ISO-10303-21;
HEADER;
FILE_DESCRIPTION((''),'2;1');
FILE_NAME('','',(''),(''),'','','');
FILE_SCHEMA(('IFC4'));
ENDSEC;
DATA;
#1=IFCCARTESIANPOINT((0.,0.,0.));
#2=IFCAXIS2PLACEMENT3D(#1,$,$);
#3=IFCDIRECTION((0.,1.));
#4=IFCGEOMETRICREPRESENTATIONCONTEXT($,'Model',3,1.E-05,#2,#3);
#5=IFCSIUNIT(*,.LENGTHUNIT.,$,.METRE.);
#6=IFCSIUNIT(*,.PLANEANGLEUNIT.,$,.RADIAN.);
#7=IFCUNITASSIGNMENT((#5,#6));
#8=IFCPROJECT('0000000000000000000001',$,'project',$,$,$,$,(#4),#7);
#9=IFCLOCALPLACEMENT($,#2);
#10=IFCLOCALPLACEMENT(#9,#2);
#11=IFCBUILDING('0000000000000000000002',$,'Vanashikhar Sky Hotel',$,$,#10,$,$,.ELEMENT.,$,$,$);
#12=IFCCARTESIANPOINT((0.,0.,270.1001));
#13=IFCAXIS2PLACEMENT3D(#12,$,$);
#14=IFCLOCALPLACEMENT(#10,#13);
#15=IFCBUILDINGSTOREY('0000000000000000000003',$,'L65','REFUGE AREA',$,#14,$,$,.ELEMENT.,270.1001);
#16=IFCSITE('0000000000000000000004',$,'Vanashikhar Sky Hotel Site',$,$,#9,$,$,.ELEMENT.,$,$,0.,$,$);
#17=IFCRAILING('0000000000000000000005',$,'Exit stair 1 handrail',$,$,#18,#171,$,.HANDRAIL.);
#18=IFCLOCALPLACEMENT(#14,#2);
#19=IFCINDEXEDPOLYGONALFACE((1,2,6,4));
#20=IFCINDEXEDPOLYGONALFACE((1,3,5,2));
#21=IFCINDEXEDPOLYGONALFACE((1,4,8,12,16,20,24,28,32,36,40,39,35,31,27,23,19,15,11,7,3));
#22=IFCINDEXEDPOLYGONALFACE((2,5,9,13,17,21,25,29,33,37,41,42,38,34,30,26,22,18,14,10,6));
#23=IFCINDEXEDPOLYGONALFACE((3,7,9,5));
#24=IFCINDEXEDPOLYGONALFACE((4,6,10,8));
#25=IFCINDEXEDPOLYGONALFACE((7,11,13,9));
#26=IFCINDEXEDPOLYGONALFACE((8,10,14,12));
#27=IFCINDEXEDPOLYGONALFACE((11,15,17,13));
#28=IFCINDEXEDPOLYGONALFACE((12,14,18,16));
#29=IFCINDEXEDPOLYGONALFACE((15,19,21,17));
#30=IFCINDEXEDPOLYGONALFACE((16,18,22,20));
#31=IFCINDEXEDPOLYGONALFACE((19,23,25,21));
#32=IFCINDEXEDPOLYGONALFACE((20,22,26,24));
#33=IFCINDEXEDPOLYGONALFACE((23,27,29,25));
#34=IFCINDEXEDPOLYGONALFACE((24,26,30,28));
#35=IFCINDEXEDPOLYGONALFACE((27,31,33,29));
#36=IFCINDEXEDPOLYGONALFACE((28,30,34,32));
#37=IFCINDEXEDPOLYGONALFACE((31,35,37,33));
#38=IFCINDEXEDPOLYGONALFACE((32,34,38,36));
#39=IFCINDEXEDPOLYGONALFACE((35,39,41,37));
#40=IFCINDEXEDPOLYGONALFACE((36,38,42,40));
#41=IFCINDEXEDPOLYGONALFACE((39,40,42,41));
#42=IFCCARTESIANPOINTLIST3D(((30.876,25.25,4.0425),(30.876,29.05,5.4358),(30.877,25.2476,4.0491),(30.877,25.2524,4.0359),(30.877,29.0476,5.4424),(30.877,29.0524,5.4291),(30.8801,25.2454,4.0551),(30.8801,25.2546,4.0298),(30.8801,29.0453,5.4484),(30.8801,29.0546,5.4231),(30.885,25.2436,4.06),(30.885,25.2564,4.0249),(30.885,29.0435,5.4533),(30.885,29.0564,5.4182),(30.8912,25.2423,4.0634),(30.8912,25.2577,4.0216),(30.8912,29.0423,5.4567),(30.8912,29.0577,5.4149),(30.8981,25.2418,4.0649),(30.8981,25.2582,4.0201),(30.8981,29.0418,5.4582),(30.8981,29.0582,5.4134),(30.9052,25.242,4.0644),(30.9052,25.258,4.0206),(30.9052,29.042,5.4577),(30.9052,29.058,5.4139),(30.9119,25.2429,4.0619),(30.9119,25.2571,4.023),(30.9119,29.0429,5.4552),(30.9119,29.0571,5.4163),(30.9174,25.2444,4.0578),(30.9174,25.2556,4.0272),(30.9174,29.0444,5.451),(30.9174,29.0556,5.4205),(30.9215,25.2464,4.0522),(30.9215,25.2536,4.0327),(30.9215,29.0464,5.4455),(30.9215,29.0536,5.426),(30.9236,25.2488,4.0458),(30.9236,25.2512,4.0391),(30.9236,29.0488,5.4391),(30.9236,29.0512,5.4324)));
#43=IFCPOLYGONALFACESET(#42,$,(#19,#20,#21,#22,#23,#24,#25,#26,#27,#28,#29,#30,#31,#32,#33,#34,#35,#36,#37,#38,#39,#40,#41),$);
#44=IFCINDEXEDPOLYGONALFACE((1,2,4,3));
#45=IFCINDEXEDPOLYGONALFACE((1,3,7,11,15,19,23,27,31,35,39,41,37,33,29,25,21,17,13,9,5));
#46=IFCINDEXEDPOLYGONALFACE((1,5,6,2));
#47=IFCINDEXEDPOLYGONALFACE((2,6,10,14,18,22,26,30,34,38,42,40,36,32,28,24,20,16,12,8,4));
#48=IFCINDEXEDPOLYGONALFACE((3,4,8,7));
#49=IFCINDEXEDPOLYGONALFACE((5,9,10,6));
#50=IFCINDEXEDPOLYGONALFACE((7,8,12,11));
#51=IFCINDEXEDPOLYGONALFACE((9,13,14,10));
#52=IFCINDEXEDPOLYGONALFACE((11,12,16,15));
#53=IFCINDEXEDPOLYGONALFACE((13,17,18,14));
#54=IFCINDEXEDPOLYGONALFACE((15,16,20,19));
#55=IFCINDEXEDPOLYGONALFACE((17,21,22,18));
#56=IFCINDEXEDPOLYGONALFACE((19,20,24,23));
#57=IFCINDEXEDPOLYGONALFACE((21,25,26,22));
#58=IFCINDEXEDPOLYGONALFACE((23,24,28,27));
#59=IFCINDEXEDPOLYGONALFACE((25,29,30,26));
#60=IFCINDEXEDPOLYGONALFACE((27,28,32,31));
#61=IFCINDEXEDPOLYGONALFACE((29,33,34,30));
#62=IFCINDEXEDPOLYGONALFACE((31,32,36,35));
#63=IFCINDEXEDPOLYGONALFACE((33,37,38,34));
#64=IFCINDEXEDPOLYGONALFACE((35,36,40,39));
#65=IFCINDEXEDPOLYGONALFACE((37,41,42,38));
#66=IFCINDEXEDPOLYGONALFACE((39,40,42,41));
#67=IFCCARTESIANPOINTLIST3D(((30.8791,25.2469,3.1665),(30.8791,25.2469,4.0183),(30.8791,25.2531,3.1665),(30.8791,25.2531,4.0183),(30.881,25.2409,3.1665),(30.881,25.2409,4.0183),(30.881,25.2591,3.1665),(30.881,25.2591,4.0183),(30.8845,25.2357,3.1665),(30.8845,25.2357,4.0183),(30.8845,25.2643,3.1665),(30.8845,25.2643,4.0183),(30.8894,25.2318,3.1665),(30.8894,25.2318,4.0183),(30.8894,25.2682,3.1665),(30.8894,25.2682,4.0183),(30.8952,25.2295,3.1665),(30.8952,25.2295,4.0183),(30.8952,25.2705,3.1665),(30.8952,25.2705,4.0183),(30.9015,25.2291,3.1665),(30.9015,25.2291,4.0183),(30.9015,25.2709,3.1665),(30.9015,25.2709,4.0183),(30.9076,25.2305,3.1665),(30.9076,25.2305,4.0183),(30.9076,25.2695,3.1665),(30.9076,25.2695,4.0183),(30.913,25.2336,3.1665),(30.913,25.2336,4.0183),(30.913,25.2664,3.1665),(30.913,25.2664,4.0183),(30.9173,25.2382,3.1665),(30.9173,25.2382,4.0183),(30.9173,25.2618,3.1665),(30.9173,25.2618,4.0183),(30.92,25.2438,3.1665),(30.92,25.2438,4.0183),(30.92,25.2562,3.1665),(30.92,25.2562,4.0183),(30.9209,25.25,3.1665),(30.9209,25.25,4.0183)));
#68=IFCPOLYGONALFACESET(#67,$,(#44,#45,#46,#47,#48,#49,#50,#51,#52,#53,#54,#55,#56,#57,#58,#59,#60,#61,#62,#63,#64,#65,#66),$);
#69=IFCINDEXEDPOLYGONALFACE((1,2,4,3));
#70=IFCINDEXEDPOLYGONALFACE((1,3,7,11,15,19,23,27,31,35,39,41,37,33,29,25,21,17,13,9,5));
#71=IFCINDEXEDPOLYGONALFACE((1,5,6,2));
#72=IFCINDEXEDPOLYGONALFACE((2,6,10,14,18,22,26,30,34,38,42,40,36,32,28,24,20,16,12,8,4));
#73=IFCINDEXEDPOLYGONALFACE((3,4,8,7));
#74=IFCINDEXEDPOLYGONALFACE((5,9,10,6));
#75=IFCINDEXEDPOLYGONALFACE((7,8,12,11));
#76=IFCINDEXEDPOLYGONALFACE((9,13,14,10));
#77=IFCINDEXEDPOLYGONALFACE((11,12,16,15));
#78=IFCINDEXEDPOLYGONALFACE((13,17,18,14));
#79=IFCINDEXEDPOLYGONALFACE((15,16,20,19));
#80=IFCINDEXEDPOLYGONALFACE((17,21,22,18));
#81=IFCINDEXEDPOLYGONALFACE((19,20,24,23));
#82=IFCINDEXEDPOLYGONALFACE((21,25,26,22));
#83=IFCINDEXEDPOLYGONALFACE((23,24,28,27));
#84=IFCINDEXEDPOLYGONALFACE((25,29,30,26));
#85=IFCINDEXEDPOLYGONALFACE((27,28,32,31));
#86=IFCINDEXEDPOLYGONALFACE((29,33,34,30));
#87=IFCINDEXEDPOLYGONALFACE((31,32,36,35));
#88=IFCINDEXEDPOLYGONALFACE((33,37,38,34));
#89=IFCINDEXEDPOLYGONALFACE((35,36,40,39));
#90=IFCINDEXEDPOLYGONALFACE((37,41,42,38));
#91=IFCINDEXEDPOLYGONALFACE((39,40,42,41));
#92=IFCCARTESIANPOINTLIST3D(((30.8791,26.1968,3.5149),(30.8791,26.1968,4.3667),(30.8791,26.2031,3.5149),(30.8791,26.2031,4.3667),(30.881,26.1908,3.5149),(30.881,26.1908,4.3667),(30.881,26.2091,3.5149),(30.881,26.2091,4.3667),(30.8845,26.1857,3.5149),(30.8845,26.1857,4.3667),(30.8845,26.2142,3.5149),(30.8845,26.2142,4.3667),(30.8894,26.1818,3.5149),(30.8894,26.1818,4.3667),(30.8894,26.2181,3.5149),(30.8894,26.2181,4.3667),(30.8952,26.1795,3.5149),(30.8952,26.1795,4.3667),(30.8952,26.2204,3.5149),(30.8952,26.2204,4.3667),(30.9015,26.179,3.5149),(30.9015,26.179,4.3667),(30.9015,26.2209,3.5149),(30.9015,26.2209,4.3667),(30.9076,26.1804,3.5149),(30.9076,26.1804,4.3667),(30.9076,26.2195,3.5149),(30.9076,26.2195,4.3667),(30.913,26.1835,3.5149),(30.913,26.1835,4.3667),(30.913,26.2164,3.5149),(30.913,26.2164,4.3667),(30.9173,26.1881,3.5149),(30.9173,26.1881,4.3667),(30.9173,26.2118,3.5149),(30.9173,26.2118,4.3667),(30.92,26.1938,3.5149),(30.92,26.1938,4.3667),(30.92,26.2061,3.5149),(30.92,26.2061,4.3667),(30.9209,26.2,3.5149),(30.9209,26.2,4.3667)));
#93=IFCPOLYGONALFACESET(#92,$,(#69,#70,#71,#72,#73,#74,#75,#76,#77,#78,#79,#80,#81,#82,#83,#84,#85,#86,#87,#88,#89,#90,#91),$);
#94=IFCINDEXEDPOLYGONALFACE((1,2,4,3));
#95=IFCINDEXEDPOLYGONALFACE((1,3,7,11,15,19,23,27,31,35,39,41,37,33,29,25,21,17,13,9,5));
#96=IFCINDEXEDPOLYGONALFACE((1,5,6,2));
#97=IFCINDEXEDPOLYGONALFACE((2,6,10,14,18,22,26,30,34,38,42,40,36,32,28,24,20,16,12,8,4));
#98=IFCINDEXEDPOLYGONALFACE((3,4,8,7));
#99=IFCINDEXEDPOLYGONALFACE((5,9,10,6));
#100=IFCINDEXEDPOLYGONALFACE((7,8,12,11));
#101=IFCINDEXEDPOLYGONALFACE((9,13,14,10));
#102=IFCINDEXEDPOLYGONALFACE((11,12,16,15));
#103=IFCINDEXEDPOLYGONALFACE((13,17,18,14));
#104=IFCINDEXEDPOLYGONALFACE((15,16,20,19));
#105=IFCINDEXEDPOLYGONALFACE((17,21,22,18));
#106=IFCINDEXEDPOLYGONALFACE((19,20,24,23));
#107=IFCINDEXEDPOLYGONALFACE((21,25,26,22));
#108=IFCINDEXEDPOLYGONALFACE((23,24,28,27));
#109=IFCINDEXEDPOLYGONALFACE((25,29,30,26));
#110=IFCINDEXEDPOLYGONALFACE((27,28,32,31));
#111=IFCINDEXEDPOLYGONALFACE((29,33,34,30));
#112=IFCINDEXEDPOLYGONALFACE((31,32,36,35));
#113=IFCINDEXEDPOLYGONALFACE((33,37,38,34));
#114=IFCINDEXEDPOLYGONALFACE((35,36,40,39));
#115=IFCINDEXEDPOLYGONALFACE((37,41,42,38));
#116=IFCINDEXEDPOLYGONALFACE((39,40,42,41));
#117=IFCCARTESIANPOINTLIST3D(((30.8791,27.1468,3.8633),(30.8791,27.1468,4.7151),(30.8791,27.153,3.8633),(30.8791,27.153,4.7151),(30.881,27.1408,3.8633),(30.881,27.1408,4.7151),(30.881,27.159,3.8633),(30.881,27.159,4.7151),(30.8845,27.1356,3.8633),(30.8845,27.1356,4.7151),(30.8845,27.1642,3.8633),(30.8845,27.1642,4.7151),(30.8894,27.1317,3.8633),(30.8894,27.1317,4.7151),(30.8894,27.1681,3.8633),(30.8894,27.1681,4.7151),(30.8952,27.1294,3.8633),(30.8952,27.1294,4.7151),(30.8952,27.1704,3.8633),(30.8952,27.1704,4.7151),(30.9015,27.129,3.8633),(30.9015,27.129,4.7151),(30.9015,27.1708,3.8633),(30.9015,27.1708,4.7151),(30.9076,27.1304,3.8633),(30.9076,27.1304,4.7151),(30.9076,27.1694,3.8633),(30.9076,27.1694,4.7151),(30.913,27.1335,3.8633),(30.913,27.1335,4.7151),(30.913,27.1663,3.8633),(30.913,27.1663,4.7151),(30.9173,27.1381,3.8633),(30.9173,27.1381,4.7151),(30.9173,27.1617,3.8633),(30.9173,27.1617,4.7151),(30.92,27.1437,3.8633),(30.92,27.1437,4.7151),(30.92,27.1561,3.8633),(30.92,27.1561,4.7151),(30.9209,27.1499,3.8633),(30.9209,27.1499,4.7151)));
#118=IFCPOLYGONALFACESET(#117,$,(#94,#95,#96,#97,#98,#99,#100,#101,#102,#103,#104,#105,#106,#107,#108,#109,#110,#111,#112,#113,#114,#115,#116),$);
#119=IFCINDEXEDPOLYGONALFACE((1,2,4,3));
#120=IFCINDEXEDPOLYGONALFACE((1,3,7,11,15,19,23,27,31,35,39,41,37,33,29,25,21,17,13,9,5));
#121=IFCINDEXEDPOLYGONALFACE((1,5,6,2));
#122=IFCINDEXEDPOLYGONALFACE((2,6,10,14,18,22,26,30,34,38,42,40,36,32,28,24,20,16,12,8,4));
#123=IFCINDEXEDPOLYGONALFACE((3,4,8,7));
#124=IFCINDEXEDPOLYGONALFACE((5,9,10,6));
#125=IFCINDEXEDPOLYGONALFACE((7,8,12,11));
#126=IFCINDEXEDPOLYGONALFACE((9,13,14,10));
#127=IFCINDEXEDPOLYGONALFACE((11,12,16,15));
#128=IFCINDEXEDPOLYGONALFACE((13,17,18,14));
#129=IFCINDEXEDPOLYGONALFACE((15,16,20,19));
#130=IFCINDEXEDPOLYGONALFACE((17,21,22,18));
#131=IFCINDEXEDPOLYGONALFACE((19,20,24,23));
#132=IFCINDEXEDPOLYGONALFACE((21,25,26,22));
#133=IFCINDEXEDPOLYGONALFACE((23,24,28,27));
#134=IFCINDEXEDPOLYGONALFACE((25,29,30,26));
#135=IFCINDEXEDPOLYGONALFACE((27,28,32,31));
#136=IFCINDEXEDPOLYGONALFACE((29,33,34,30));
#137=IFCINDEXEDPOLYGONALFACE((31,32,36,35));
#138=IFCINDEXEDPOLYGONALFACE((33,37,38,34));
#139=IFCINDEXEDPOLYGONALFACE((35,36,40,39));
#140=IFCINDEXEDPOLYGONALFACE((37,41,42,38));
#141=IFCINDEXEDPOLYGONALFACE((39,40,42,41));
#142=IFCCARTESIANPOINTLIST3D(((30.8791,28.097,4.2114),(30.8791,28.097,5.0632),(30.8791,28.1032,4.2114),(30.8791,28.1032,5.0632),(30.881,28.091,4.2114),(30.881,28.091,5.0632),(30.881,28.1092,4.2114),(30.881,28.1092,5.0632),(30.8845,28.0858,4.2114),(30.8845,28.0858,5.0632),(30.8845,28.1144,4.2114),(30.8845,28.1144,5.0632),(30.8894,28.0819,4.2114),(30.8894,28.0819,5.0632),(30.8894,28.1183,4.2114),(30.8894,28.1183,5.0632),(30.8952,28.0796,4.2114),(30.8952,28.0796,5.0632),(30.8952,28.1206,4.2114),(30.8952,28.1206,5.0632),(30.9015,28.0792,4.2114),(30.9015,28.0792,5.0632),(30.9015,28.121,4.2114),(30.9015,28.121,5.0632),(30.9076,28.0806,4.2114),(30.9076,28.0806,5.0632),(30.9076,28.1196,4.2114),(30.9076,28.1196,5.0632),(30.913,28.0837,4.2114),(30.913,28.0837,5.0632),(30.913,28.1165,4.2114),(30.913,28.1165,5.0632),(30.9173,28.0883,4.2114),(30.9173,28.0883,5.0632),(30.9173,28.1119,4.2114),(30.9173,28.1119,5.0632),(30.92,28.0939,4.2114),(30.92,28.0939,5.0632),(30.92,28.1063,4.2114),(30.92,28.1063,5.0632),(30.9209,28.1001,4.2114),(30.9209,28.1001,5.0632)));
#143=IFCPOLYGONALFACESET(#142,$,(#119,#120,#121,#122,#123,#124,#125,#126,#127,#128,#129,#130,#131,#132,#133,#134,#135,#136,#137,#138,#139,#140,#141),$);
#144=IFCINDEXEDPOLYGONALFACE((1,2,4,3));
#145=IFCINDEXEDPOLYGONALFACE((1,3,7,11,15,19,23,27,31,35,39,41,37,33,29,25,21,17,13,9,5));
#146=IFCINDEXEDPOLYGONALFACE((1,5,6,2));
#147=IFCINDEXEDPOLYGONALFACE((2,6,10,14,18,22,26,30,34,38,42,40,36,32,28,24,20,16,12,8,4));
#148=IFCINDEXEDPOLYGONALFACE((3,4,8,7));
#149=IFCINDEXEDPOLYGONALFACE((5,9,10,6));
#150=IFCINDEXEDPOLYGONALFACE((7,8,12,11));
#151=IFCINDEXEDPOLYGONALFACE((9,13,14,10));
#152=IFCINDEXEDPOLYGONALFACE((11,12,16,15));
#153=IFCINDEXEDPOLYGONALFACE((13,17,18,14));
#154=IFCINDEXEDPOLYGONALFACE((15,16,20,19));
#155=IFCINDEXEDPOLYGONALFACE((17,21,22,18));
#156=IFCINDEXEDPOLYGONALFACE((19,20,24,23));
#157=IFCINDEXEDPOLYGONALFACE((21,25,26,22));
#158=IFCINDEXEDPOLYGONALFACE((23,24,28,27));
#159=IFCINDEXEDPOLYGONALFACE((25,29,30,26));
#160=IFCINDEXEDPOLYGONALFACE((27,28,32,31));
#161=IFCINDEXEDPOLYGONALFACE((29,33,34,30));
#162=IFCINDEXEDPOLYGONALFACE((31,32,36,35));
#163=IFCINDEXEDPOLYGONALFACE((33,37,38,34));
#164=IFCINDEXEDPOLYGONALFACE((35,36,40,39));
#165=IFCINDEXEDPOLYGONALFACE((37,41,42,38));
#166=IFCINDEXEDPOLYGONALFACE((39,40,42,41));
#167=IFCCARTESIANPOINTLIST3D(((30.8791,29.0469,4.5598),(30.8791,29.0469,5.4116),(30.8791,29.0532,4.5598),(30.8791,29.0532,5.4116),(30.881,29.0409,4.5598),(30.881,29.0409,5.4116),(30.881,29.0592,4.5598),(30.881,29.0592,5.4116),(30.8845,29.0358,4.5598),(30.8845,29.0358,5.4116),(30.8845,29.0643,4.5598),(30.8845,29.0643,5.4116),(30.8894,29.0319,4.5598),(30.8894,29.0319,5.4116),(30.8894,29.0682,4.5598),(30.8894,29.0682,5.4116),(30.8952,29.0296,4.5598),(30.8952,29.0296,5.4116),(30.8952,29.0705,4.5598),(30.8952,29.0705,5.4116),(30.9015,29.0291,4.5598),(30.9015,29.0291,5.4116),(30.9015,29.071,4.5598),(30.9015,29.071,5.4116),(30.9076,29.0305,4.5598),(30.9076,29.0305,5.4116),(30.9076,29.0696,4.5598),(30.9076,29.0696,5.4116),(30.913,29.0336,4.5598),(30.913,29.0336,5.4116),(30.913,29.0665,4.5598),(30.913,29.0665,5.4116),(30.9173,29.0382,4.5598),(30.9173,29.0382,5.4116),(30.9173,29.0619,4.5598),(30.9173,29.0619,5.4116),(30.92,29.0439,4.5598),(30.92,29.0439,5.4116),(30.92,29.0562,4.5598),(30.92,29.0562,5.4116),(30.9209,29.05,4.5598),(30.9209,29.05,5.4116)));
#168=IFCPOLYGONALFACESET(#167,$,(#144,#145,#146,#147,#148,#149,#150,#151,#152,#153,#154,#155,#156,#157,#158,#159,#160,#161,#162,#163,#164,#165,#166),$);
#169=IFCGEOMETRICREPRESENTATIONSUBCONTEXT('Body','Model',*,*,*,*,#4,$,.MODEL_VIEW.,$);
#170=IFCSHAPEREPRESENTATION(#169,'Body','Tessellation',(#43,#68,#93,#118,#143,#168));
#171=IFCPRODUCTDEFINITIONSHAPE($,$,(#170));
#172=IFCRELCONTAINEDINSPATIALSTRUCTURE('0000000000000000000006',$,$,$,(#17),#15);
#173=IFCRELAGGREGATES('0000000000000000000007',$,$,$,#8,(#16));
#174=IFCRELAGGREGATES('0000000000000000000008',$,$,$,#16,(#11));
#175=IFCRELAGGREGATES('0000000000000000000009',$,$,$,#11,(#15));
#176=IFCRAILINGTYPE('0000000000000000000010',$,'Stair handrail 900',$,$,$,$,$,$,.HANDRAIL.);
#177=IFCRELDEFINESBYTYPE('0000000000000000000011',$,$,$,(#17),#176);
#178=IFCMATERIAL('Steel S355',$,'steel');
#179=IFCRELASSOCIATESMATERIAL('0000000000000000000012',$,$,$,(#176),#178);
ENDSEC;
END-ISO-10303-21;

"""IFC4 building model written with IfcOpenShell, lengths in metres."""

from ifc_helpers import new_model, si_unit, direction, frame, origin, origin_2d, place, context, subcontext, project, spatial, circle, extrude, source, transform, mapped, material, type_object, element, save


model = new_model("IFC4")

# Units and contexts
model_context = context("Model", 3, precision=1e-05, world=origin(), true_north=direction((0.0, 1.0)))
body_context = subcontext(model_context, "Body", "Model", "MODEL_VIEW")
ifc_project = project(units=[si_unit("LENGTHUNIT", "METRE"), si_unit("PLANEANGLEUNIT", "RADIAN")], contexts=[model_context])

# Site, building, storey
site_placement = place(None, origin())
site = spatial("IfcSite", under=ifc_project, at=site_placement, Name="Vanashikhar Sky Hotel Site", CompositionType="ELEMENT", RefElevation=0.0)
building_placement = place(site_placement, origin())
building = spatial("IfcBuilding", under=site, at=building_placement, Name="Vanashikhar Sky Hotel", CompositionType="ELEMENT")
storey_placement = place(building_placement, frame((0.0, 0.0, 270.1001)))
storey = spatial("IfcBuildingStorey", under=building, at=storey_placement, Name="L65", Description="REFUGE AREA", CompositionType="ELEMENT", Elevation=270.1001)

# Railing
ifc_material_1 = material(Name="Steel S355", Category="steel")
railing_type_1 = type_object("IfcRailingType", Name="Stair handrail 900", PredefinedType="HANDRAIL", material=ifc_material_1)
shared_shape_1 = source(origin(), body_context, "Body", "SweptSolid", [
    extrude(circle(Radius=0.0239, at=origin_2d()), frame((0.0, 0.0, 0.876), z_axis=(0.0, 0.93888, 0.344246), x_axis=(-1.0, 0.0, 0.0)), (0.0, 0.0, 1.0), 4.0474),
    extrude(circle(Radius=0.021, at=origin_2d()), origin(), (0.0, 0.0, 1.0), 0.8518),
    extrude(circle(Radius=0.021, at=origin_2d()), frame((0.0, 0.95, 0.3484)), (0.0, 0.0, 1.0), 0.8518),
    extrude(circle(Radius=0.021, at=origin_2d()), frame((0.0, 1.8999, 0.6968)), (0.0, 0.0, 1.0), 0.8518),
    extrude(circle(Radius=0.021, at=origin_2d()), frame((0.0, 2.8501, 1.0449)), (0.0, 0.0, 1.0), 0.8518),
    extrude(circle(Radius=0.021, at=origin_2d()), frame((0.0, 3.8, 1.3933)), (0.0, 0.0, 1.0), 0.8518),
])
for number, where, name in (
    (1, (30.8999, 25.25, 3.1665), "Exit stair 1 handrail"),
):
    element("IfcRailing", number, at=place(storey_placement, frame(where)), inside=storey, type_object=railing_type_1, Name=name, PredefinedType="HANDRAIL", context=body_context, shape_type="MappedRepresentation", body=[
        mapped(shared_shape_1, transform((0.0, 0.0, 0.0), scale=1.0)),
    ])

save(model, "model.ifc")
